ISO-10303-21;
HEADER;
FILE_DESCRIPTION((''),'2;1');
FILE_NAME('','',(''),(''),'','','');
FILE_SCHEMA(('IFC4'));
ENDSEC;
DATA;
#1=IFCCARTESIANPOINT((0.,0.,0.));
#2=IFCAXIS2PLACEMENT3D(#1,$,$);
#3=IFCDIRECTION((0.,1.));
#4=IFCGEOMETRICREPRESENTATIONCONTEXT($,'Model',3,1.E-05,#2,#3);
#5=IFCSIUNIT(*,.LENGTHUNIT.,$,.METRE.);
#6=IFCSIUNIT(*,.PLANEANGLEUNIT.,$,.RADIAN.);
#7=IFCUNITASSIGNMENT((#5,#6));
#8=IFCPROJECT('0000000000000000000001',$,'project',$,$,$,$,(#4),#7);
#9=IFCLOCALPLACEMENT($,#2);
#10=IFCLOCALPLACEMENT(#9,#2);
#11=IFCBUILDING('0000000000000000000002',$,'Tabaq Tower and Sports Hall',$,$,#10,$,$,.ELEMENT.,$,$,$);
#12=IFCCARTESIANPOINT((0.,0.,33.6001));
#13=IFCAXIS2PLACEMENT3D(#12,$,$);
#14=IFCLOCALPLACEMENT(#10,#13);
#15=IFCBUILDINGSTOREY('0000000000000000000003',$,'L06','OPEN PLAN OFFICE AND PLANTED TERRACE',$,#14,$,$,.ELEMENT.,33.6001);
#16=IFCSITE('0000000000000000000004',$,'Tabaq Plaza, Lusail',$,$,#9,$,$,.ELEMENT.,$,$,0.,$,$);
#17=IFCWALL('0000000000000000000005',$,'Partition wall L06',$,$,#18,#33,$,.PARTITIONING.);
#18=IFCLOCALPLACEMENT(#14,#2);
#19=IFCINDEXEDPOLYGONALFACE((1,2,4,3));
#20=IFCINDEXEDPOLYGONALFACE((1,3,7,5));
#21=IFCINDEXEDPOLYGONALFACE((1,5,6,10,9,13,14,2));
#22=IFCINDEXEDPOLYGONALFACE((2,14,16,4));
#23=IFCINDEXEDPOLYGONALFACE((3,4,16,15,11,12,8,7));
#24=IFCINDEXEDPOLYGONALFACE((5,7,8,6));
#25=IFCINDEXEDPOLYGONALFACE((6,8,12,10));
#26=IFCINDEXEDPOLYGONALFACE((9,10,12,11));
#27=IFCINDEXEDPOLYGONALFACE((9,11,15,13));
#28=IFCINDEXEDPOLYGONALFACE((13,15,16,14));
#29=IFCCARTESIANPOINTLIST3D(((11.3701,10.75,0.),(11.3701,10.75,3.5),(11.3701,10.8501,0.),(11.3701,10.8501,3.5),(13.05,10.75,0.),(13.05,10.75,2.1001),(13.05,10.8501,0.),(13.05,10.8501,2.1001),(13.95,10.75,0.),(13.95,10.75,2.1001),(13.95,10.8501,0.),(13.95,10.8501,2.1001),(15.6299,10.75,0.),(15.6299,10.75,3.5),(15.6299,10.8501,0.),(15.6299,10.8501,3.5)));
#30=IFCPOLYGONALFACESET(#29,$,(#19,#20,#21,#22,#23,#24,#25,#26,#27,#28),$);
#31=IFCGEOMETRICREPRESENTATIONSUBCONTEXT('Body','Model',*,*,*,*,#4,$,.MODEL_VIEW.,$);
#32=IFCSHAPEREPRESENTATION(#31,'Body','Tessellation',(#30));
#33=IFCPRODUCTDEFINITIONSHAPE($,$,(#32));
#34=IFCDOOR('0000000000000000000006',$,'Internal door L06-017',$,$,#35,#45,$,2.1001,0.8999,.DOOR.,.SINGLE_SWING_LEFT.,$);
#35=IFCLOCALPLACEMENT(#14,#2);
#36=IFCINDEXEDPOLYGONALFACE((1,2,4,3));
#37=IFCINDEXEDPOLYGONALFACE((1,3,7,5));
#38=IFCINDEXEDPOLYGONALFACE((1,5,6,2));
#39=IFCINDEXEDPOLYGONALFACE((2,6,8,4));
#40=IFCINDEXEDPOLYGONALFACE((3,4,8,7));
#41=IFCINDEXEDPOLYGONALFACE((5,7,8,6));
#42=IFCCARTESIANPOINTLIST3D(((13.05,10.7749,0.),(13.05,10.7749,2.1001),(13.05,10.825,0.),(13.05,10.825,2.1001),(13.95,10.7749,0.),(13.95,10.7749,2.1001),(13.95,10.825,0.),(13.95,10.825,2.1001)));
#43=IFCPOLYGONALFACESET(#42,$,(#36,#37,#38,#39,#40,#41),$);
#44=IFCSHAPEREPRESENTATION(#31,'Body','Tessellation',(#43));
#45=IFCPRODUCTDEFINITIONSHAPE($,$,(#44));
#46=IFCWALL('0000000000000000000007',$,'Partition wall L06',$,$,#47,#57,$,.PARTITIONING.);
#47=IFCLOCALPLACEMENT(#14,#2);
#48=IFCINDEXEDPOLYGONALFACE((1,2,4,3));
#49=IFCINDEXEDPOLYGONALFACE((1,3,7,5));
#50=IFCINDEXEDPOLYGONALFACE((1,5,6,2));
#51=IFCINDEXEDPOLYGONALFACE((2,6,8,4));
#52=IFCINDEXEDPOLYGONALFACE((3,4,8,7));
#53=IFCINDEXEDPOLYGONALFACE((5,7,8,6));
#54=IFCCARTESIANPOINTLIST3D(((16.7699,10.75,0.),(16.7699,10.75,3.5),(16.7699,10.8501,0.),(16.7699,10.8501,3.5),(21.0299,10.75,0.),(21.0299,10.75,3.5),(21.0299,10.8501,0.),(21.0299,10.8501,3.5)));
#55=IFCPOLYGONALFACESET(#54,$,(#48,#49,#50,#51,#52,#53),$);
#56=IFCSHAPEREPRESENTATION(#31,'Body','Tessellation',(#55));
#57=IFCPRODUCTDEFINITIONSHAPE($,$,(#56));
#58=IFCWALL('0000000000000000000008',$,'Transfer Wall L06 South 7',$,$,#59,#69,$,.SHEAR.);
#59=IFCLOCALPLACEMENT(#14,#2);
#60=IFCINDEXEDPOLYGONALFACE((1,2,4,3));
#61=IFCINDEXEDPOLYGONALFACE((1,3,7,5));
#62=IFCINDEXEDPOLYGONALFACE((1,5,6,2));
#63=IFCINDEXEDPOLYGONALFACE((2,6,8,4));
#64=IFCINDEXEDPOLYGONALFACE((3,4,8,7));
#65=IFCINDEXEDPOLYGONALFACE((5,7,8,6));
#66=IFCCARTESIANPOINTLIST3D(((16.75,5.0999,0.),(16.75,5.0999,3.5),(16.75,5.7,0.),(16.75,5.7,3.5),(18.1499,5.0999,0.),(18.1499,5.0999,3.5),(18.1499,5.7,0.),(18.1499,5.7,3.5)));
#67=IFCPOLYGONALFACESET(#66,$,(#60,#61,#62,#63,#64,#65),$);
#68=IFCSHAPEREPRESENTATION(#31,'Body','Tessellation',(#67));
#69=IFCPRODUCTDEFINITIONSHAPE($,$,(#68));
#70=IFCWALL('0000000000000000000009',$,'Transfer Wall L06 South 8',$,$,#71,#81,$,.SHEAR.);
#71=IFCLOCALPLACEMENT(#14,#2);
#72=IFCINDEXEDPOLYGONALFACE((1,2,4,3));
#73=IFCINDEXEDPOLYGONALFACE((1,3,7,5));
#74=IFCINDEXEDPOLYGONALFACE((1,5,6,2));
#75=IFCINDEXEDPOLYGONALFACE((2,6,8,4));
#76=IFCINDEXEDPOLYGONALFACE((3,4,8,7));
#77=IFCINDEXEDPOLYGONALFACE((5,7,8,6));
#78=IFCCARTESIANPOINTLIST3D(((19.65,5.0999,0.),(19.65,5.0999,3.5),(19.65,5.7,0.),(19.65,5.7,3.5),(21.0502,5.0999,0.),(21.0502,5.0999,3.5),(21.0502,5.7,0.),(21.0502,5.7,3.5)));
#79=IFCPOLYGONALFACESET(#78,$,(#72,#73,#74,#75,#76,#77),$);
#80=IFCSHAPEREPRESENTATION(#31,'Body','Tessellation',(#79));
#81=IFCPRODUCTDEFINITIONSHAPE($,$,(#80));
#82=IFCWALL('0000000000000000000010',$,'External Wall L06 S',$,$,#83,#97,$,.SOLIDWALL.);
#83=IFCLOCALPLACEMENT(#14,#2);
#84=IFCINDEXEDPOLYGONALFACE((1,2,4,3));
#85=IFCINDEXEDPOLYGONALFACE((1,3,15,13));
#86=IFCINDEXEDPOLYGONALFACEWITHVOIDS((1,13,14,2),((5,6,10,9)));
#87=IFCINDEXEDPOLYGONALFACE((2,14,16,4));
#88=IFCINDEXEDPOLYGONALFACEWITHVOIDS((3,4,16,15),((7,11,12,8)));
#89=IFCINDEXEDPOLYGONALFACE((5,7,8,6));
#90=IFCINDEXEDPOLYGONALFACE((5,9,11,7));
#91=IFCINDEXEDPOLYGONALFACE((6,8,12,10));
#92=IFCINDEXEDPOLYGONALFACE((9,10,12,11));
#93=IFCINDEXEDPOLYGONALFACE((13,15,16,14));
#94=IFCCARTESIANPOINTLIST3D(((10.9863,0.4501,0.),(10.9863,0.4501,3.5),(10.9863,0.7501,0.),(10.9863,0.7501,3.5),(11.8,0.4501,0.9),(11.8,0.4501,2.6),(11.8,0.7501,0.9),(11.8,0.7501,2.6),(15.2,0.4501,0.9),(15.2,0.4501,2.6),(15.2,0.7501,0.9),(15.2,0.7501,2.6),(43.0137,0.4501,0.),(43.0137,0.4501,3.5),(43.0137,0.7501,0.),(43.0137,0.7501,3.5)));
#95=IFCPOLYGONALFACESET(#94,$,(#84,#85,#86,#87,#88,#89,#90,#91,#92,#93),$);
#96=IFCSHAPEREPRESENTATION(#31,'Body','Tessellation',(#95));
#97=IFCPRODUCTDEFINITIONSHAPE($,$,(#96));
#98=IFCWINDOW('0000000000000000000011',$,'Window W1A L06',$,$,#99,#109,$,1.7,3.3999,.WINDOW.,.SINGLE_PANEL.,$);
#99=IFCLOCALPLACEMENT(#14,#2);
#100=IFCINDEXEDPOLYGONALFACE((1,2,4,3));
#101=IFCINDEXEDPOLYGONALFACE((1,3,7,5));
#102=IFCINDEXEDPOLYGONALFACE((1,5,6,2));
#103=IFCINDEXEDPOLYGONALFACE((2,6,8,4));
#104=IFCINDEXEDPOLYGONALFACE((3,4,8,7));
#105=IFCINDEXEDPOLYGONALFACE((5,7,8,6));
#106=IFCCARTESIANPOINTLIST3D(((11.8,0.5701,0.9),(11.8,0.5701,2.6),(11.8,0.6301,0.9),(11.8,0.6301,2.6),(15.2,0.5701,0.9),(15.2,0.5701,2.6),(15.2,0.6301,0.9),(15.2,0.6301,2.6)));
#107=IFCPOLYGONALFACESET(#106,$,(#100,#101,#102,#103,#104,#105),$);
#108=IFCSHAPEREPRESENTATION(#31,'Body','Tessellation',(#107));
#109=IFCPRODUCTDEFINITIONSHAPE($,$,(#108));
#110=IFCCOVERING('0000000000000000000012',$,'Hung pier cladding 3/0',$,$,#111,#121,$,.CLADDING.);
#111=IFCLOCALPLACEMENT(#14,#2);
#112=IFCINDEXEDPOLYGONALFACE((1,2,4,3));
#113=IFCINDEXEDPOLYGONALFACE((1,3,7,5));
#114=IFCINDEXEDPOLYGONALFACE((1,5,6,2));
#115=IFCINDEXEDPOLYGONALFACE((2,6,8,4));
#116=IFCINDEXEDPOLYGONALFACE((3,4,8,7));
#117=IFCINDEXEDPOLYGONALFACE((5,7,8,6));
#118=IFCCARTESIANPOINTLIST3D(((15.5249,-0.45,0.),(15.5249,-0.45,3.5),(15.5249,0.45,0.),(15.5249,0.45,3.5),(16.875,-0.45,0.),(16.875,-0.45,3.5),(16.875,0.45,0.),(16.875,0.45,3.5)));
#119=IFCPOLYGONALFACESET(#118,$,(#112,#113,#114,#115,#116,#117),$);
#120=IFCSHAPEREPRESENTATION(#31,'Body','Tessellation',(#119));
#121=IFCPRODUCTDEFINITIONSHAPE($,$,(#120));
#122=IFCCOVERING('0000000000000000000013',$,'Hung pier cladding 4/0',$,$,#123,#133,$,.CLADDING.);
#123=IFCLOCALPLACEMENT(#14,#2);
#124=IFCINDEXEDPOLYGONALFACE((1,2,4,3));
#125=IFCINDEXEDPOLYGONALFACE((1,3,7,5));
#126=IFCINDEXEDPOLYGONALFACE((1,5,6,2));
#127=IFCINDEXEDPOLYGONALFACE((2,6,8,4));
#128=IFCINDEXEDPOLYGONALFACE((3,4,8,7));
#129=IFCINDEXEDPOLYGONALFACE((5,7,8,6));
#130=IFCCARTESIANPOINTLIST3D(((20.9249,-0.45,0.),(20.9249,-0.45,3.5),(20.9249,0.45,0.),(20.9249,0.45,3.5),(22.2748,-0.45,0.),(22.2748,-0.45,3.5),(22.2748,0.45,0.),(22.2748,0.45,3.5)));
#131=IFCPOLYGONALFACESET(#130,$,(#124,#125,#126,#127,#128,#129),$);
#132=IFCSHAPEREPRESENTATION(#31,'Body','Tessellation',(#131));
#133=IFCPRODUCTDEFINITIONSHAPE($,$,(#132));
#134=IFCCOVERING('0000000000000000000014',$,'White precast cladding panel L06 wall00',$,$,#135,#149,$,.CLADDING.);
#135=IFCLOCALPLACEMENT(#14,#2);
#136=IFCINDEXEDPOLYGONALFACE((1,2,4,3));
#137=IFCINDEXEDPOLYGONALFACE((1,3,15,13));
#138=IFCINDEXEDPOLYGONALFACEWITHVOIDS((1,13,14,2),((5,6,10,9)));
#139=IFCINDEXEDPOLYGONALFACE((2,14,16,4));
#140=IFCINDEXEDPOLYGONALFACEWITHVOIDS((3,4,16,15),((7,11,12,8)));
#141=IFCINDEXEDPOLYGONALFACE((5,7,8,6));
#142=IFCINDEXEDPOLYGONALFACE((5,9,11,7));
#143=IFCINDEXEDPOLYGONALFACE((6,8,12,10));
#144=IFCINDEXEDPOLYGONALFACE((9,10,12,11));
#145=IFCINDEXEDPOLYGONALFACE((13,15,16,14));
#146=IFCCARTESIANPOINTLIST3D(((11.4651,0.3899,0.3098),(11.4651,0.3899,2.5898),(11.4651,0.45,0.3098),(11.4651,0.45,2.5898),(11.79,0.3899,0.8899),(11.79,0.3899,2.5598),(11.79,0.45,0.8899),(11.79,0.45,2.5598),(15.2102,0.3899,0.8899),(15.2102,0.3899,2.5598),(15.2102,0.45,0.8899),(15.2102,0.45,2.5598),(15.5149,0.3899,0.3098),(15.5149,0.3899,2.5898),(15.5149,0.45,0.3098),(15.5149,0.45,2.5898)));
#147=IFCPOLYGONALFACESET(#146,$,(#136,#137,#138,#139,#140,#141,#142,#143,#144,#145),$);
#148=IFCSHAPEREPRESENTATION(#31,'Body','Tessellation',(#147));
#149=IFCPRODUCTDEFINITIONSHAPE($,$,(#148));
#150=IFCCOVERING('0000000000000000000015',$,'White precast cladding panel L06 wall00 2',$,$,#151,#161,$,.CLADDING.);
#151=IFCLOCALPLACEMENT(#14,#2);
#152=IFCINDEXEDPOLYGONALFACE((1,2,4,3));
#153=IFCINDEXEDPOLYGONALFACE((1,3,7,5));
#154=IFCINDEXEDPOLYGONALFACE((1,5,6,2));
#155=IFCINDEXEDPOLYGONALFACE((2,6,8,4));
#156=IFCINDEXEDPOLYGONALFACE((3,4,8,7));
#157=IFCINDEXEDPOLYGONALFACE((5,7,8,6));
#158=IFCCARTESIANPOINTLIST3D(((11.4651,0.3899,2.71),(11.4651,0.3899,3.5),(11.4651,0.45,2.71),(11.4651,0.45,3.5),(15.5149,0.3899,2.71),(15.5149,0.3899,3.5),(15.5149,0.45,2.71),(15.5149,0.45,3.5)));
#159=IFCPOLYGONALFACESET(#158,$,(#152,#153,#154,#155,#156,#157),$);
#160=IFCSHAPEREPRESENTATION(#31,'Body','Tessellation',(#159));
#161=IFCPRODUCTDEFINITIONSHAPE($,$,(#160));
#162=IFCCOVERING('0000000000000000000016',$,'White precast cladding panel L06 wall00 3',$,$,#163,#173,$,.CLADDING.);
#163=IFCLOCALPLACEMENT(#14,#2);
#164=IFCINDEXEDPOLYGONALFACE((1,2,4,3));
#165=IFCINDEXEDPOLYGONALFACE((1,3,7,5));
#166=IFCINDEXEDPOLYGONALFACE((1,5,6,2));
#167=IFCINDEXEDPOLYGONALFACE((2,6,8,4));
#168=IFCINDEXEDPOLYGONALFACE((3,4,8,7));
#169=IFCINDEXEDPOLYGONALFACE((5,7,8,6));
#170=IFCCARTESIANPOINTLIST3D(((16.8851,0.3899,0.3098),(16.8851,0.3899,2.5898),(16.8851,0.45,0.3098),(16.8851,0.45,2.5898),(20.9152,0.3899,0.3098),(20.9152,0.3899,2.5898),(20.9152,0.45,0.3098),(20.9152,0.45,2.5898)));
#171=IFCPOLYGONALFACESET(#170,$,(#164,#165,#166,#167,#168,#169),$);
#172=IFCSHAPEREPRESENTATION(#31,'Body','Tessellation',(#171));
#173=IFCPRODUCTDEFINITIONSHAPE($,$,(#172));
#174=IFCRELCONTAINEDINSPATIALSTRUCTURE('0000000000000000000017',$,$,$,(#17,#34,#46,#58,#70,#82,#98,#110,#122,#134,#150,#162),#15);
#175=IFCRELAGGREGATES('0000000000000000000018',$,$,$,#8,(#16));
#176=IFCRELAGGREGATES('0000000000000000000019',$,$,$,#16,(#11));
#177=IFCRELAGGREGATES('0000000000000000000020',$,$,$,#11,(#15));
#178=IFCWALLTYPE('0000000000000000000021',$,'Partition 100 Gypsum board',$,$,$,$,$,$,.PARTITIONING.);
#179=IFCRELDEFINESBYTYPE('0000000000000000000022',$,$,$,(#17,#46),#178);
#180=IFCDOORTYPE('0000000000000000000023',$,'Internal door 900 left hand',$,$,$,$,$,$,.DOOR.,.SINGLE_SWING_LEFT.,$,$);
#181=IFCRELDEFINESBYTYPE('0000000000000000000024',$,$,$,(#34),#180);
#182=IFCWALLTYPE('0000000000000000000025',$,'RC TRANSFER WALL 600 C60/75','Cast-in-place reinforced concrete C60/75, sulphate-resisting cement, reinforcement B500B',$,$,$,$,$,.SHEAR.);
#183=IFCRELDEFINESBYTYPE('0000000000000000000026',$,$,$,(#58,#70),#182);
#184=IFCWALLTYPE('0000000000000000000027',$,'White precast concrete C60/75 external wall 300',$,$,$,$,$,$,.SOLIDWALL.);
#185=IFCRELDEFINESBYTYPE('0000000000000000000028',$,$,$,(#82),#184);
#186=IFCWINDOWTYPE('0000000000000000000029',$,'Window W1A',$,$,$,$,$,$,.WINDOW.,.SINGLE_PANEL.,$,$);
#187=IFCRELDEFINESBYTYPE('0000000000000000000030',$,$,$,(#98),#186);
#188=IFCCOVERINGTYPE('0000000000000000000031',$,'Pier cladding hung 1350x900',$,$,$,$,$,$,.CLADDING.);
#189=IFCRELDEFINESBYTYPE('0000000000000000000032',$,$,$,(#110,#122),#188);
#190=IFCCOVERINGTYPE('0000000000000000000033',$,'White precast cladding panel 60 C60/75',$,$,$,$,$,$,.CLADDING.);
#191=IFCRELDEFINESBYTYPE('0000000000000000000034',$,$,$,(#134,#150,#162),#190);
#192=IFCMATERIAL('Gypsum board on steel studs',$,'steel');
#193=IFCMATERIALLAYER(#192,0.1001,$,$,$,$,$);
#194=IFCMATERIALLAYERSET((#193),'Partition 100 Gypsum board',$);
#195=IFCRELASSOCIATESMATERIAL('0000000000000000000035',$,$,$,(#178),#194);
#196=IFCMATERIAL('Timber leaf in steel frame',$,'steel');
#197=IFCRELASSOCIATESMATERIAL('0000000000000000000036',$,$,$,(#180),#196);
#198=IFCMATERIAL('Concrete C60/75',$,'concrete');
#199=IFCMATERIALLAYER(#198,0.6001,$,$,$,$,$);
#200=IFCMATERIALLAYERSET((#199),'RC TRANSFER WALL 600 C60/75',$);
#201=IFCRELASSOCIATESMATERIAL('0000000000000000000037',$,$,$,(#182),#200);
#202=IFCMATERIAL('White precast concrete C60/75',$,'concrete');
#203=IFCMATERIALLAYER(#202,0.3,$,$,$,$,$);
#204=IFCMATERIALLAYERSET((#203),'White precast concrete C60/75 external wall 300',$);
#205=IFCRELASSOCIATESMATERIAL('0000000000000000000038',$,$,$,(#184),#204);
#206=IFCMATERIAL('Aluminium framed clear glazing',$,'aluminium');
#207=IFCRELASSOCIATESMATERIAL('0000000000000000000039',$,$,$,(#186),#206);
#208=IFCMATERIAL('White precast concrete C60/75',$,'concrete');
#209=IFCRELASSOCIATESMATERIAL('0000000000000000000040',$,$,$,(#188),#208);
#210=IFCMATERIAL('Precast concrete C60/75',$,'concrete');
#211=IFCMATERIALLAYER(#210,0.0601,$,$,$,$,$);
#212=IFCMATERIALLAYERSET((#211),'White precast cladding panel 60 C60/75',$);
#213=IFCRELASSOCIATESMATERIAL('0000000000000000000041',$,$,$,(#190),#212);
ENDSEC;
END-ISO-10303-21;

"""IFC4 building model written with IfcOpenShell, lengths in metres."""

from ifc_helpers import new_model, si_unit, direction, frame, frame_2d, origin, place, context, subcontext, project, spatial, polyline, rectangle, outline, extrude, material, layer, layer_set, type_object, element, fill, save


model = new_model("IFC4")

# Units and contexts
model_context = context("Model", 3, precision=1e-05, world=origin(), true_north=direction((0.0, 1.0)))
body_context = subcontext(model_context, "Body", "Model", "MODEL_VIEW")
ifc_project = project(units=[si_unit("LENGTHUNIT", "METRE"), si_unit("PLANEANGLEUNIT", "RADIAN")], contexts=[model_context])

# Site, building, storey
site_placement = place(None, origin())
site = spatial("IfcSite", under=ifc_project, at=site_placement, Name="Tabaq Plaza, Lusail", CompositionType="ELEMENT", RefElevation=0.0)
building_placement = place(site_placement, origin())
building = spatial("IfcBuilding", under=site, at=building_placement, Name="Tabaq Tower and Sports Hall", CompositionType="ELEMENT")
storey_placement = place(building_placement, frame((0.0, 0.0, 33.6001)))
storey = spatial("IfcBuildingStorey", under=building, at=storey_placement, Name="L06", Description="OPEN PLAN OFFICE AND PLANTED TERRACE", CompositionType="ELEMENT", Elevation=33.6001)

# Wall, opening, door
ifc_material_1 = material(Name="Gypsum board on steel studs", Category="steel")
ifc_layer_1 = layer(ifc_material_1, 0.1001)
ifc_layer_set_1 = layer_set([ifc_layer_1], Name="Partition 100 Gypsum board")
wall_type_1 = type_object("IfcWallType", Name="Partition 100 Gypsum board", PredefinedType="PARTITIONING", material=ifc_layer_set_1)
wall_1_placement = place(storey_placement, frame((11.3701, 10.8, 0.0), z_axis=(0.0, 0.0, 1.0), x_axis=(1.0, 0.0, 0.0)))
wall_1 = element("IfcWall", 1, at=wall_1_placement, inside=storey, type_object=wall_type_1, Name="Partition wall L06", PredefinedType="PARTITIONING", context=body_context, shape_type="SweptSolid", body=[
    extrude(rectangle(XDim=4.2598, YDim=0.1001, at=frame_2d((2.1299, 0.0))), origin(), (0.0, 0.0, 1.0), 3.5),
])
opening_1_placement = place(wall_1_placement, frame((1.6799, 0.0, 0.0)))
opening_1 = element("IfcOpeningElement", 2, at=opening_1_placement, cuts=wall_1, PredefinedType="OPENING", context=body_context, shape_type="SweptSolid", body=[
    extrude(rectangle(XDim=0.8999, YDim=2.1001, at=frame_2d((0.45, 1.05))), frame((0.0, 0.05, 0.0), z_axis=(0.0, -1.0, 0.0), x_axis=(1.0, 0.0, 0.0)), (0.0, 0.0, 1.0), 0.1001),
])
ifc_material_2 = material(Name="Timber leaf in steel frame", Category="steel")
door_type = type_object("IfcDoorType", Name="Internal door 900 left hand", OperationType="SINGLE_SWING_LEFT", PredefinedType="DOOR", material=ifc_material_2)
door_placement = place(opening_1_placement, origin())
door = element("IfcDoor", 3, at=door_placement, inside=storey, type_object=door_type, Name="Internal door L06-017", OperationType="SINGLE_SWING_LEFT", OverallHeight=2.1001, OverallWidth=0.8999, PredefinedType="DOOR", context=body_context, shape_type="SweptSolid", body=[
    extrude(rectangle(XDim=0.8999, YDim=2.1001, at=frame_2d((0.45, 1.05))), frame((0.0, 0.0249, 0.0), z_axis=(0.0, -1.0, 0.0), x_axis=(1.0, 0.0, 0.0)), (0.0, 0.0, 1.0), 0.05),
])
fill(opening_1, door)

# Walls
wall_2_placement = place(storey_placement, frame((16.77, 10.8, 0.0), z_axis=(0.0, 0.0, 1.0), x_axis=(1.0, 0.0, 0.0)))
element("IfcWall", 4, at=wall_2_placement, inside=storey, type_object=wall_type_1, Name="Partition wall L06", PredefinedType="PARTITIONING", context=body_context, shape_type="SweptSolid", body=[
    extrude(rectangle(XDim=4.26, YDim=0.1001, at=frame_2d((2.1299, 0.0))), origin(), (0.0, 0.0, 1.0), 3.5),
])
ifc_material_3 = material(Name="Concrete C60/75", Category="concrete")
ifc_layer_2 = layer(ifc_material_3, 0.6001)
ifc_layer_set_2 = layer_set([ifc_layer_2], Name="RC TRANSFER WALL 600 C60/75")
wall_type_2 = type_object("IfcWallType", Name="RC TRANSFER WALL 600 C60/75", Description="Cast-in-place reinforced concrete C60/75, sulphate-resisting cement, reinforcement B500B", PredefinedType="SHEAR", material=ifc_layer_set_2)
wall_3_placement = place(storey_placement, frame((16.75, 5.3999, 0.0), z_axis=(0.0, 0.0, 1.0), x_axis=(1.0, 0.0, 0.0)))
element("IfcWall", 5, at=wall_3_placement, inside=storey, type_object=wall_type_2, Name="Transfer Wall L06 South 7", PredefinedType="SHEAR", context=body_context, shape_type="SweptSolid", body=[
    extrude(rectangle(XDim=1.3999, YDim=0.6001, at=frame_2d((0.7, 0.0))), origin(), (0.0, 0.0, 1.0), 3.5),
])
wall_4_placement = place(storey_placement, frame((19.6499, 5.3999, 0.0), z_axis=(0.0, 0.0, 1.0), x_axis=(1.0, 0.0, 0.0)))
element("IfcWall", 6, at=wall_4_placement, inside=storey, type_object=wall_type_2, Name="Transfer Wall L06 South 8", PredefinedType="SHEAR", context=body_context, shape_type="SweptSolid", body=[
    extrude(rectangle(XDim=1.4001, YDim=0.6001, at=frame_2d((0.7002, 0.0))), origin(), (0.0, 0.0, 1.0), 3.5),
])

# Wall, opening, window
ifc_material_4 = material(Name="White precast concrete C60/75", Category="concrete")
ifc_layer_3 = layer(ifc_material_4, 0.3)
ifc_layer_set_3 = layer_set([ifc_layer_3], Name="White precast concrete C60/75 external wall 300")
wall_type_3 = type_object("IfcWallType", Name="White precast concrete C60/75 external wall 300", PredefinedType="SOLIDWALL", material=ifc_layer_set_3)
wall_5_placement = place(storey_placement, frame((10.9863, 0.6001, 0.0), z_axis=(0.0, 0.0, 1.0), x_axis=(1.0, 0.0, 0.0)))
wall_5 = element("IfcWall", 7, at=wall_5_placement, inside=storey, type_object=wall_type_3, Name="External Wall L06 S", PredefinedType="SOLIDWALL", context=body_context, shape_type="SweptSolid", body=[
    extrude(rectangle(XDim=32.0273, YDim=0.3, at=frame_2d((16.0137, 0.0))), origin(), (0.0, 0.0, 1.0), 3.5),
])
opening_2_placement = place(wall_5_placement, frame((0.8137, 0.0, 0.8999)))
opening_2 = element("IfcOpeningElement", 8, at=opening_2_placement, cuts=wall_5, PredefinedType="OPENING", context=body_context, shape_type="SweptSolid", body=[
    extrude(rectangle(XDim=3.3999, YDim=1.7, at=frame_2d((1.7, 0.8501))), frame((0.0, 0.1602, 0.0), z_axis=(0.0, -1.0, 0.0), x_axis=(1.0, 0.0, 0.0)), (0.0, 0.0, 1.0), 0.3201),
])
ifc_material_5 = material(Name="Aluminium framed clear glazing", Category="aluminium")
window_type = type_object("IfcWindowType", Name="Window W1A", PartitioningType="SINGLE_PANEL", PredefinedType="WINDOW", material=ifc_material_5)
window_placement = place(opening_2_placement, origin())
window = element("IfcWindow", 9, at=window_placement, inside=storey, type_object=window_type, Name="Window W1A L06", OverallHeight=1.7, OverallWidth=3.3999, PartitioningType="SINGLE_PANEL", PredefinedType="WINDOW", context=body_context, shape_type="SweptSolid", body=[
    extrude(rectangle(XDim=3.3999, YDim=1.7, at=frame_2d((1.7, 0.8501))), frame((0.0, 0.03, 0.0), z_axis=(0.0, -1.0, 0.0), x_axis=(1.0, 0.0, 0.0)), (0.0, 0.0, 1.0), 0.0601),
])
fill(opening_2, window)

# Coverings
ifc_material_6 = material(Name="White precast concrete C60/75", Category="concrete")
covering_type_1 = type_object("IfcCoveringType", Name="Pier cladding hung 1350x900", PredefinedType="CLADDING", material=ifc_material_6)
covering_1_placement = place(storey_placement, frame((15.5249, 0.0, 0.0), z_axis=(0.0, 0.0, 1.0), x_axis=(1.0, 0.0, 0.0)))
element("IfcCovering", 10, at=covering_1_placement, inside=storey, type_object=covering_type_1, Name="Hung pier cladding 3/0", PredefinedType="CLADDING", context=body_context, shape_type="SweptSolid", body=[
    extrude(rectangle(XDim=1.3501, YDim=0.8999, at=frame_2d((0.675, 0.0))), origin(), (0.0, 0.0, 1.0), 3.5),
])
covering_2_placement = place(storey_placement, frame((20.925, 0.0, 0.0), z_axis=(0.0, 0.0, 1.0), x_axis=(1.0, 0.0, 0.0)))
element("IfcCovering", 11, at=covering_2_placement, inside=storey, type_object=covering_type_1, Name="Hung pier cladding 4/0", PredefinedType="CLADDING", context=body_context, shape_type="SweptSolid", body=[
    extrude(rectangle(XDim=1.3499, YDim=0.8999, at=frame_2d((0.6748, 0.0))), origin(), (0.0, 0.0, 1.0), 3.5),
])
ifc_material_7 = material(Name="Precast concrete C60/75", Category="concrete")
ifc_layer_4 = layer(ifc_material_7, 0.0601)
ifc_layer_set_4 = layer_set([ifc_layer_4], Name="White precast cladding panel 60 C60/75")
covering_type_2 = type_object("IfcCoveringType", Name="White precast cladding panel 60 C60/75", PredefinedType="CLADDING", material=ifc_layer_set_4)
covering_3_placement = place(storey_placement, frame((11.4651, 0.4199, 0.3098), z_axis=(0.0, 0.0, 1.0), x_axis=(1.0, 0.0, 0.0)))
element("IfcCovering", 12, at=covering_3_placement, inside=storey, type_object=covering_type_2, Name="White precast cladding panel L06 wall00", PredefinedType="CLADDING", context=body_context, shape_type="SweptSolid", body=[
    extrude(outline(polyline([(0.0, 0.0), (4.0498, 0.0), (4.0498, 2.28), (0.0, 2.28), (0.0, 0.0)]), holes=[polyline([(3.7451, 0.5801), (0.325, 0.5801), (0.325, 2.25), (3.7451, 2.25), (3.7451, 0.5801)])]), frame((0.0, 0.03, 0.0), z_axis=(0.0, -1.0, 0.0), x_axis=(1.0, 0.0, 0.0)), (0.0, 0.0, 1.0), 0.0601),
])
covering_4_placement = place(storey_placement, frame((11.4651, 0.4199, 2.71), z_axis=(0.0, 0.0, 1.0), x_axis=(1.0, 0.0, 0.0)))
element("IfcCovering", 13, at=covering_4_placement, inside=storey, type_object=covering_type_2, Name="White precast cladding panel L06 wall00 2", PredefinedType="CLADDING", context=body_context, shape_type="SweptSolid", body=[
    extrude(rectangle(XDim=4.0498, YDim=0.0601, at=frame_2d((2.0249, 0.0))), origin(), (0.0, 0.0, 1.0), 0.79),
])
covering_5_placement = place(storey_placement, frame((16.885, 0.4199, 0.3098), z_axis=(0.0, 0.0, 1.0), x_axis=(1.0, 0.0, 0.0)))
element("IfcCovering", 14, at=covering_5_placement, inside=storey, type_object=covering_type_2, Name="White precast cladding panel L06 wall00 3", PredefinedType="CLADDING", context=body_context, shape_type="SweptSolid", body=[
    extrude(rectangle(XDim=4.03, YDim=0.0601, at=frame_2d((2.0151, 0.0))), origin(), (0.0, 0.0, 1.0), 2.28),
])

save(model, "model.ifc")
